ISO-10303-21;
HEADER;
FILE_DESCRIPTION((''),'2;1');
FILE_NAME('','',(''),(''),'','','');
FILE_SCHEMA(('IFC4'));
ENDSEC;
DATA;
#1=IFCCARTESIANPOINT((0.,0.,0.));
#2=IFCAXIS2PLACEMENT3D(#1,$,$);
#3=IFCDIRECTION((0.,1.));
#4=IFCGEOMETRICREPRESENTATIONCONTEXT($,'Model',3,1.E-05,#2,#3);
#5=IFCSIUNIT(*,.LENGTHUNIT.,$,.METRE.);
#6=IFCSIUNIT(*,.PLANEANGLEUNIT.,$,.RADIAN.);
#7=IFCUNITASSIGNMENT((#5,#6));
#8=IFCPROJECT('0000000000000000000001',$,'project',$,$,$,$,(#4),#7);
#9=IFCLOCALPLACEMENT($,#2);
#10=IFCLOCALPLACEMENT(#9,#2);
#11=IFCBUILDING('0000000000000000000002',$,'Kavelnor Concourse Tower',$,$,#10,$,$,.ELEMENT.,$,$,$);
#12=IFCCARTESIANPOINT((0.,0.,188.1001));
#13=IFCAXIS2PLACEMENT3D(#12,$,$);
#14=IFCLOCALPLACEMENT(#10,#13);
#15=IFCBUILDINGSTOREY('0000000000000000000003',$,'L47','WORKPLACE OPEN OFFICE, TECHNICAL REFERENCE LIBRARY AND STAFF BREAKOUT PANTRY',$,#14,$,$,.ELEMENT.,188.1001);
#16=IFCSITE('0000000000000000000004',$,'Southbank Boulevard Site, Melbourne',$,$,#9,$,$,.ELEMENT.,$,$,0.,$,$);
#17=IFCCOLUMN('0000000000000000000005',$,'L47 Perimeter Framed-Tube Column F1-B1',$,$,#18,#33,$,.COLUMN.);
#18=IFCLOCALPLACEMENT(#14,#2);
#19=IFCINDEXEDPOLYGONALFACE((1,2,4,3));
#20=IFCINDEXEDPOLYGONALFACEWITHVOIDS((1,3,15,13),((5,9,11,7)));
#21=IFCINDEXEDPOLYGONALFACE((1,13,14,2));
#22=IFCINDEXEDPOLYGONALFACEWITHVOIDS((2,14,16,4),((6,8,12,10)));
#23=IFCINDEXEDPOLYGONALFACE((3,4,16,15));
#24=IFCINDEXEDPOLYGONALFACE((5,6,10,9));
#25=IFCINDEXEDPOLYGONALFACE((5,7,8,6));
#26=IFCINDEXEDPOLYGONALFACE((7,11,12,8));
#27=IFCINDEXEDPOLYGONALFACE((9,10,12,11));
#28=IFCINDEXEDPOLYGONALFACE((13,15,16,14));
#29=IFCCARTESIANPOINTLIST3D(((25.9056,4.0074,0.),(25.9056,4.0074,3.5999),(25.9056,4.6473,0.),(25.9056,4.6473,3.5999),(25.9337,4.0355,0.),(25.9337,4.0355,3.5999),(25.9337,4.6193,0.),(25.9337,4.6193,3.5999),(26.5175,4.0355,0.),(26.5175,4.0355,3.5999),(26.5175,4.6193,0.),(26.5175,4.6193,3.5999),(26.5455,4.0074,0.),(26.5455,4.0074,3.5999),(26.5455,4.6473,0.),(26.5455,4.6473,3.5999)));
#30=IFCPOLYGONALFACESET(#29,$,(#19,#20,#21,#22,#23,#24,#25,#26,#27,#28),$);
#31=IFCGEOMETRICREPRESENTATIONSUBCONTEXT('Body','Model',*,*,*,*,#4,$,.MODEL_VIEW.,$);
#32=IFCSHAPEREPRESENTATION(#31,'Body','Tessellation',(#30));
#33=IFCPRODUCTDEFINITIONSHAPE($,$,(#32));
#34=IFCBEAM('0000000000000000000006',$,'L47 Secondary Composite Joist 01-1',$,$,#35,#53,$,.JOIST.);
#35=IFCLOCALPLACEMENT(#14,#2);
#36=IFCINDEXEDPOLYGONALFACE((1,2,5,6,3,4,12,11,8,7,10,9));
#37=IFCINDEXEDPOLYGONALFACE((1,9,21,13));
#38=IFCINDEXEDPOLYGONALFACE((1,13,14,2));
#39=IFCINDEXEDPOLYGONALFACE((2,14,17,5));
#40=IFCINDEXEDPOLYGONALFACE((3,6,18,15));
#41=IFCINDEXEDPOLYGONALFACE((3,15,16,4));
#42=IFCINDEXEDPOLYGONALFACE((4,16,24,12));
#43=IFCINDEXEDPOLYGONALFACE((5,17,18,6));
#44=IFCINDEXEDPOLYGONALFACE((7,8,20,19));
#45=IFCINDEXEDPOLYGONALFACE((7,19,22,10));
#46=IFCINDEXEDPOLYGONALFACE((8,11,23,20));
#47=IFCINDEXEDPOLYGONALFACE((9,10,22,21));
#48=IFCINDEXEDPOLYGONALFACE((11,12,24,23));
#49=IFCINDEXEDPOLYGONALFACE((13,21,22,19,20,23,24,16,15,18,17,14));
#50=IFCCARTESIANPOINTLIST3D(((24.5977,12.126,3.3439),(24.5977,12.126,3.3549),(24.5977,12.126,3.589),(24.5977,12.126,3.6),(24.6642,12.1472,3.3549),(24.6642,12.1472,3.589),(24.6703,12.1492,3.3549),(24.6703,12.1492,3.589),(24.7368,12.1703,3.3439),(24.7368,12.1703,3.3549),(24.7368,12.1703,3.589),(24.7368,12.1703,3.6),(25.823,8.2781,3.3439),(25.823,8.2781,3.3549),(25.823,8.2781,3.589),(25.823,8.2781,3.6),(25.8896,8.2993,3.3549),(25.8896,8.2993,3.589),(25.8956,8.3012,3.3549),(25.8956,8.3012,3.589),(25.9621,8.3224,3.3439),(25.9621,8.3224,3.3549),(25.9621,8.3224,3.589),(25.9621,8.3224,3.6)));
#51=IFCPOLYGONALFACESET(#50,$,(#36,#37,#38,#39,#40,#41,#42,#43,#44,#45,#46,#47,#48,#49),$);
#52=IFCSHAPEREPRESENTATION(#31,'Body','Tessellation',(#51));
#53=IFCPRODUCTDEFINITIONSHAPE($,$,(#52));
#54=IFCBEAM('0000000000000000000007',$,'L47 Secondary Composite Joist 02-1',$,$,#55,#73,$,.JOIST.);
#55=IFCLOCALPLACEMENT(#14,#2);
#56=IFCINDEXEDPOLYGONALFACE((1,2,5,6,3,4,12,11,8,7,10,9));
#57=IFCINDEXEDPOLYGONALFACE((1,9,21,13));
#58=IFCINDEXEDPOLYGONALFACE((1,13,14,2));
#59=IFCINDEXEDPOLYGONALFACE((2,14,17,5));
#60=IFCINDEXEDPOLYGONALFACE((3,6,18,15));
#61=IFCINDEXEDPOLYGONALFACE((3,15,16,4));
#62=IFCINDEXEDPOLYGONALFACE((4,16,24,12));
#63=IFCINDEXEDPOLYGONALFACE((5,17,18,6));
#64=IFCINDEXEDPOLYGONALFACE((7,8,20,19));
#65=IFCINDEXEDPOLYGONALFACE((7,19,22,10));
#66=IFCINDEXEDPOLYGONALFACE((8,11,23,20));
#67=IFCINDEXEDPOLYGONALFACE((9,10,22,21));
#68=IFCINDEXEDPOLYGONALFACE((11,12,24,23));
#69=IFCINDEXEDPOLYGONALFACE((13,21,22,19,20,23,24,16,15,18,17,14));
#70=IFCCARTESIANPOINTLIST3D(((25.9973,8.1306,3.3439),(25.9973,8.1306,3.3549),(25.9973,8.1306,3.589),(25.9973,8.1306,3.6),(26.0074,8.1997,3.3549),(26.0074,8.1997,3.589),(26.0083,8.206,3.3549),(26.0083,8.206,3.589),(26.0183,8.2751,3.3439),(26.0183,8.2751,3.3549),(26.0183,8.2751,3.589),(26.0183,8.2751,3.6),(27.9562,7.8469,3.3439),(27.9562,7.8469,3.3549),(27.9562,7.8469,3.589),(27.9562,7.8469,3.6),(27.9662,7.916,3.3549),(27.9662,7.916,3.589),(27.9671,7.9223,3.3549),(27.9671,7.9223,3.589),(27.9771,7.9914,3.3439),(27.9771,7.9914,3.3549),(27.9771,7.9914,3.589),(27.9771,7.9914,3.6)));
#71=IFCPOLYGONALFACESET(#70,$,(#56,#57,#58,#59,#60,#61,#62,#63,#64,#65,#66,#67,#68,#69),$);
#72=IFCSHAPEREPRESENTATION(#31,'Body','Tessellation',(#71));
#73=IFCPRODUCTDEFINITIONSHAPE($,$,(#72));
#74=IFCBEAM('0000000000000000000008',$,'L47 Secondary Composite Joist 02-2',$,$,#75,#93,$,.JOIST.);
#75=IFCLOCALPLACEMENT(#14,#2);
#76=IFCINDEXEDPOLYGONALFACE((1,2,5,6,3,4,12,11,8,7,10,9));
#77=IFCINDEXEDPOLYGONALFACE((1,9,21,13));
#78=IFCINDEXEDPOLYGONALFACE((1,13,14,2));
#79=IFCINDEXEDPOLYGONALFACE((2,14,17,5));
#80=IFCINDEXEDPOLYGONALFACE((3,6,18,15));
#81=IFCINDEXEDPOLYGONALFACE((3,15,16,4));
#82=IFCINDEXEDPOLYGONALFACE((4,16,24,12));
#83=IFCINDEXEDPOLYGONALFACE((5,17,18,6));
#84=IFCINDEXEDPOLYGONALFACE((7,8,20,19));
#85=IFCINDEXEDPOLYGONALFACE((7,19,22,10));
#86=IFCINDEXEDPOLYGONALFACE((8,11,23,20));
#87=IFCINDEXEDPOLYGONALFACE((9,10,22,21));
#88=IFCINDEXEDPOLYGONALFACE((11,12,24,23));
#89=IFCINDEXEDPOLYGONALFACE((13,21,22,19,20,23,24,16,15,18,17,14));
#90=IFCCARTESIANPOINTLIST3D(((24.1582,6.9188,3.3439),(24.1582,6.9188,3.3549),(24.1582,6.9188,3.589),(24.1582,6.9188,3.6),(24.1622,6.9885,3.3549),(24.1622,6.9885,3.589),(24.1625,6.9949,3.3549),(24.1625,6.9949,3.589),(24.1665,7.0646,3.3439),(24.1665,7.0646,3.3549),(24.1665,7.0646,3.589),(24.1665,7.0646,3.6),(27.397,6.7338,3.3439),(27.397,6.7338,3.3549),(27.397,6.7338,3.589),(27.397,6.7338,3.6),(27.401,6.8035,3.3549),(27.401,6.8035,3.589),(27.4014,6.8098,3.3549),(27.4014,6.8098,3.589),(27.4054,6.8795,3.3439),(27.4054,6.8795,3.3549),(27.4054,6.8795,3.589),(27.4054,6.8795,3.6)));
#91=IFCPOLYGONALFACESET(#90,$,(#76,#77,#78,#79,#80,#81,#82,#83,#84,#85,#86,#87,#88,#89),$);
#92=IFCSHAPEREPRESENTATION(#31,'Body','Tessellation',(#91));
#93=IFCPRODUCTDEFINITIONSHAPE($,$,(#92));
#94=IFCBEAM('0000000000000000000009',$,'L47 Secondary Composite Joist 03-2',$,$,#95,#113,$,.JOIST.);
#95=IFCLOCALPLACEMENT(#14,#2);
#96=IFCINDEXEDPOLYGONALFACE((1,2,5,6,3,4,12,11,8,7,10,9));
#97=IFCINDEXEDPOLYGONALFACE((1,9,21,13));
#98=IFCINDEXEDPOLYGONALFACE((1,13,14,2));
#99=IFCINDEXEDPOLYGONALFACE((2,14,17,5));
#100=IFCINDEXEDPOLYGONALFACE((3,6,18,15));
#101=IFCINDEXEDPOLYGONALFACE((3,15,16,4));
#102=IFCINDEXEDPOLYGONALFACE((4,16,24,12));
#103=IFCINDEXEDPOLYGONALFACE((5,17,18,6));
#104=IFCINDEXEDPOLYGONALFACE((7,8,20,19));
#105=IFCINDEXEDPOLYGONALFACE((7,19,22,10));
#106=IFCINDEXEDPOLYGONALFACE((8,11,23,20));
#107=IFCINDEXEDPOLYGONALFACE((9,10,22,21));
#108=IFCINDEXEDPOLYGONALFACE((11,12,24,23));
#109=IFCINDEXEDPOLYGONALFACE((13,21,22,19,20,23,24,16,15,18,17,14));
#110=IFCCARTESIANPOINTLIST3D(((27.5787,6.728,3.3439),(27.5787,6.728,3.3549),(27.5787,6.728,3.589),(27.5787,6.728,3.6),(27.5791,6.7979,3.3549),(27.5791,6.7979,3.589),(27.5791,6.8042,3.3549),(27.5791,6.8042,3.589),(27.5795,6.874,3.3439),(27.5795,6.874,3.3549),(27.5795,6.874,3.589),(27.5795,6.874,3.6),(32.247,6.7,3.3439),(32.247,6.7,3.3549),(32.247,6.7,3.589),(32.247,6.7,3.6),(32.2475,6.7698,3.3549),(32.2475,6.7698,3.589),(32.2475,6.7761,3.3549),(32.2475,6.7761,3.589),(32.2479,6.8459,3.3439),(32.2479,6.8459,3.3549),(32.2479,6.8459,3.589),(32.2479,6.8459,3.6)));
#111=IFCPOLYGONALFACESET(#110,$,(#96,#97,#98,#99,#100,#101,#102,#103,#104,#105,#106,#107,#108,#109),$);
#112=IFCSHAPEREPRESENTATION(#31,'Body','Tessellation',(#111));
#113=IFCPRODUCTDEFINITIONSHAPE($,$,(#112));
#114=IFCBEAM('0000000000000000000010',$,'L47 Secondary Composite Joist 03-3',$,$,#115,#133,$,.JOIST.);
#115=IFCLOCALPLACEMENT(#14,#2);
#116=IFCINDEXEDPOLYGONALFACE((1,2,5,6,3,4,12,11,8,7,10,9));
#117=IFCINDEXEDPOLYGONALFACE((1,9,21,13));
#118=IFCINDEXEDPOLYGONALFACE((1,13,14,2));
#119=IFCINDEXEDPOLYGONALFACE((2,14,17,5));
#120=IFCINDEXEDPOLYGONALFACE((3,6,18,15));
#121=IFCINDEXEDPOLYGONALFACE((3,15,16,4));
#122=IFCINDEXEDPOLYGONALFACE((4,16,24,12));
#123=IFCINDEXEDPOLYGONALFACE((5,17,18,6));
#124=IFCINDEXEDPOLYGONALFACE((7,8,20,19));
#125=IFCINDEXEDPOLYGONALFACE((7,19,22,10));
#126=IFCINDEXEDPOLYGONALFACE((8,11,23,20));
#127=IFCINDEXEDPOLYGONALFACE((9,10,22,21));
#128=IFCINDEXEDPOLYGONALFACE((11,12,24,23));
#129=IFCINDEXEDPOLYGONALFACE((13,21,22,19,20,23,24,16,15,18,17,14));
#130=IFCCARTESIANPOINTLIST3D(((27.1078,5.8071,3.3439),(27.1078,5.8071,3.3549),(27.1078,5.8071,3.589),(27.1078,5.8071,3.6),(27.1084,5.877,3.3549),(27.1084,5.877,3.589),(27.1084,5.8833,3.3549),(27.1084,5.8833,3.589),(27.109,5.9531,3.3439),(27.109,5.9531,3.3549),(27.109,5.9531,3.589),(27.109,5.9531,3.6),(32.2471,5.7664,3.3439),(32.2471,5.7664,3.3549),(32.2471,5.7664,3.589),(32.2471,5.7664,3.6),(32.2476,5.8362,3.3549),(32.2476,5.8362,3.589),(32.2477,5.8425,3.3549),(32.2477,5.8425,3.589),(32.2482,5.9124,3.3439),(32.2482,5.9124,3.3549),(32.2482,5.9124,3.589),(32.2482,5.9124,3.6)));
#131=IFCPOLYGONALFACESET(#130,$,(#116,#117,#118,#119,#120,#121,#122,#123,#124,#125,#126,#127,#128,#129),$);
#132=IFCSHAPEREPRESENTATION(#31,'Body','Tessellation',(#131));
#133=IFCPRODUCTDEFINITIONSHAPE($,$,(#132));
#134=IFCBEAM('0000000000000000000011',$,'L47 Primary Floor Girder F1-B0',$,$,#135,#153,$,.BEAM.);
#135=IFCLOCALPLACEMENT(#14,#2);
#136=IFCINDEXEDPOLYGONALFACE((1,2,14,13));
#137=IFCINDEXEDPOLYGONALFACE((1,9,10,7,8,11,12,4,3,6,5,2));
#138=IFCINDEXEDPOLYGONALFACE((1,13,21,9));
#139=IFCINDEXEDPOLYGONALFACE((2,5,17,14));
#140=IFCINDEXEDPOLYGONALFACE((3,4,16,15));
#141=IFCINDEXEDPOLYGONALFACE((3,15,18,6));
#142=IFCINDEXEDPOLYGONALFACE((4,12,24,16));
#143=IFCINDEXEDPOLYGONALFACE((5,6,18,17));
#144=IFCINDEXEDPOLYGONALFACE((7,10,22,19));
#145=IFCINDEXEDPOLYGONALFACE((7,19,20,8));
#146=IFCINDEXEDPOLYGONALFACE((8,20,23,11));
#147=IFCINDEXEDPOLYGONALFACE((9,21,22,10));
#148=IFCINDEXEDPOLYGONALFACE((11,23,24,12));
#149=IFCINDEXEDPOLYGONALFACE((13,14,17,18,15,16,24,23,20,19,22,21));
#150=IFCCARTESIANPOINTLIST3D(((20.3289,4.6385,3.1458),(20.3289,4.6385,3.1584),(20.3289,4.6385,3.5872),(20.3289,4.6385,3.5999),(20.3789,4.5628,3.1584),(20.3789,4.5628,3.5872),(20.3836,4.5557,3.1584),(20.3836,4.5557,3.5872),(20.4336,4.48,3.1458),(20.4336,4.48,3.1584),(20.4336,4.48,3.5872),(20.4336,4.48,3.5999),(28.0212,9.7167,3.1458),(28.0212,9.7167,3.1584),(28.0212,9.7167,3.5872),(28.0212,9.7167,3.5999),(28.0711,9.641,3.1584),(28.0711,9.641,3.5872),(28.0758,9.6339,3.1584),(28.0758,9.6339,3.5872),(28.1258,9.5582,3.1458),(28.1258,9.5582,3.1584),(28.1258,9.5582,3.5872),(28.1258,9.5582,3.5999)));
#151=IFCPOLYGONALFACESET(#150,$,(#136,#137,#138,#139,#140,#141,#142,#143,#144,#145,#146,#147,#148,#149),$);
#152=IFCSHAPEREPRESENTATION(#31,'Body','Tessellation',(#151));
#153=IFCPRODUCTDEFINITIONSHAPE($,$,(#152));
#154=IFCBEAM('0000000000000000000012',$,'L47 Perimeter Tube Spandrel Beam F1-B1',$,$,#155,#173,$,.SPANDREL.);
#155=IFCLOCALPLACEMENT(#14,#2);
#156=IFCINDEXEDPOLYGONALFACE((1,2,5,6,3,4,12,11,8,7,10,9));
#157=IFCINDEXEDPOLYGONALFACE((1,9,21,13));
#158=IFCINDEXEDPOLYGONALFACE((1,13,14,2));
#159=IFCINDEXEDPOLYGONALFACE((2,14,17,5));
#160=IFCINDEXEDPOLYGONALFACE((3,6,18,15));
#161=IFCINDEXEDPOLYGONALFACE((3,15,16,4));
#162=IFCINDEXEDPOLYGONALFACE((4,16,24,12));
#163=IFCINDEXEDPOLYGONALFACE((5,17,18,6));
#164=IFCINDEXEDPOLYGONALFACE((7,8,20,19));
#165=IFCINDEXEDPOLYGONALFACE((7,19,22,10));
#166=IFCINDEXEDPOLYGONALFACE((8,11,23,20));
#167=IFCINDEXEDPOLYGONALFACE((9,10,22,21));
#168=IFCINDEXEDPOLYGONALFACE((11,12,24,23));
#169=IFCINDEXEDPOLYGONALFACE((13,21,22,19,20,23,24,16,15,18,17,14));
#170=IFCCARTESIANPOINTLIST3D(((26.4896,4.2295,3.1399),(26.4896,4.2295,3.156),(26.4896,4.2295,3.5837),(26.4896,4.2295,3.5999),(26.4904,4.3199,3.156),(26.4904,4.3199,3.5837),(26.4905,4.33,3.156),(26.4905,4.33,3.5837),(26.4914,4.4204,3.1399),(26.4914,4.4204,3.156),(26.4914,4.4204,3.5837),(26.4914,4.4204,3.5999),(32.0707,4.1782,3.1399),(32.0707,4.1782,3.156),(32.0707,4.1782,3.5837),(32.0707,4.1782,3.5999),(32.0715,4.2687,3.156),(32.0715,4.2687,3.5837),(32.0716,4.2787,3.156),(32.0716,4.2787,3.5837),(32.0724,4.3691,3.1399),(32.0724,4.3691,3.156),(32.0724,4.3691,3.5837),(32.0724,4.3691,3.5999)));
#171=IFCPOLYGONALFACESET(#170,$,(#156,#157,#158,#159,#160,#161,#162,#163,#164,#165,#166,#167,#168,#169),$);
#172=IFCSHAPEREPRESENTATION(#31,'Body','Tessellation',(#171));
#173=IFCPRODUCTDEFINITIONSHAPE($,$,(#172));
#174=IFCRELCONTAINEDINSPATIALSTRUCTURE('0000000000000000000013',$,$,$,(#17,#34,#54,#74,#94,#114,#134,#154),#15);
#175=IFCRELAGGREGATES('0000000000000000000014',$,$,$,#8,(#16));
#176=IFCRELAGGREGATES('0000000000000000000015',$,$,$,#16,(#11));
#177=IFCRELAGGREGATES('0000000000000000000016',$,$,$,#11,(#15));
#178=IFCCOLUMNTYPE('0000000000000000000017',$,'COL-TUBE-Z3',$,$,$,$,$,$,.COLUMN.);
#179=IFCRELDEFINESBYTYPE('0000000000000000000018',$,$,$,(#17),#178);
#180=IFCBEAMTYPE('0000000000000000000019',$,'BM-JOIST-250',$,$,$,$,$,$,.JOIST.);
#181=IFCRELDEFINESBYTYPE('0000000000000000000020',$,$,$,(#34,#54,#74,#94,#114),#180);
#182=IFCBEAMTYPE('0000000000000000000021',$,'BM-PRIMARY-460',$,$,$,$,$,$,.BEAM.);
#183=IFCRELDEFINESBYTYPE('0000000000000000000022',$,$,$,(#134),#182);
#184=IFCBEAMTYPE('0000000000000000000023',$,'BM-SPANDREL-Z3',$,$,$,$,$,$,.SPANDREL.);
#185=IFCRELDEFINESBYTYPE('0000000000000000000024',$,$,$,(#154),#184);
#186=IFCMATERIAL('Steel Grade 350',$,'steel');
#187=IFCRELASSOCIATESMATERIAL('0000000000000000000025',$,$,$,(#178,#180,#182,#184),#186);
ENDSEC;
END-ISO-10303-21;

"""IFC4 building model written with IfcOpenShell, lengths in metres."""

from ifc_helpers import new_model, si_unit, direction, frame, origin, origin_2d, place, context, subcontext, project, spatial, hollow_rectangle, i_section, extrude, material, material_profile, profile_set, type_object, element, save


model = new_model("IFC4")

# Units and contexts
model_context = context("Model", 3, precision=1e-05, world=origin(), true_north=direction((0.0, 1.0)))
body_context = subcontext(model_context, "Body", "Model", "MODEL_VIEW")
ifc_project = project(units=[si_unit("LENGTHUNIT", "METRE"), si_unit("PLANEANGLEUNIT", "RADIAN")], contexts=[model_context])

# Site, building, storey
site_placement = place(None, origin())
site = spatial("IfcSite", under=ifc_project, at=site_placement, Name="Southbank Boulevard Site, Melbourne", CompositionType="ELEMENT", RefElevation=0.0)
building_placement = place(site_placement, origin())
building = spatial("IfcBuilding", under=site, at=building_placement, Name="Kavelnor Concourse Tower", CompositionType="ELEMENT")
storey_placement = place(building_placement, frame((0.0, 0.0, 188.1001)))
storey = spatial("IfcBuildingStorey", under=building, at=storey_placement, Name="L47", Description="WORKPLACE OPEN OFFICE, TECHNICAL REFERENCE LIBRARY AND STAFF BREAKOUT PANTRY", CompositionType="ELEMENT", Elevation=188.1001)

# Column
ifc_material_1 = material(Name="Steel Grade 350", Category="steel")
ifc_material_profile_1 = material_profile(ifc_material_1, hollow_rectangle(XDim=0.6399, YDim=0.6399, WallThickness=0.0281, at=origin_2d()), Name="SHS 640x640x28")
ifc_profile_set_1 = profile_set([ifc_material_profile_1], Name="Steel Grade 350")
column_type = type_object("IfcColumnType", Name="COL-TUBE-Z3", PredefinedType="COLUMN", material=ifc_profile_set_1)
column_placement = place(storey_placement, frame((26.2256, 4.3274, 0.0), z_axis=(0.0, 0.0, 1.0), x_axis=(1.0, 0.0, 0.0)))
element("IfcColumn", 1, at=column_placement, inside=storey, type_object=column_type, Name="L47 Perimeter Framed-Tube Column F1-B1", PredefinedType="COLUMN", context=body_context, shape_type="SweptSolid", body=[
    extrude(hollow_rectangle(XDim=0.6399, YDim=0.6399, WallThickness=0.0281, at=origin_2d()), origin(), (0.0, 0.0, 1.0), 3.5999),
])

# Beams
ifc_material_profile_2 = material_profile(ifc_material_1, i_section(OverallWidth=0.146, OverallDepth=0.2561, WebThickness=0.0063, FlangeThickness=0.011, at=origin_2d()), Name="250UB37")
ifc_profile_set_2 = profile_set([ifc_material_profile_2], Name="Steel Grade 350")
beam_type_1 = type_object("IfcBeamType", Name="BM-JOIST-250", PredefinedType="JOIST", material=ifc_profile_set_2)
beam_1_placement = place(storey_placement, frame((24.6672, 12.1482, 3.4719), z_axis=(0.303431, -0.952854, 0.0), x_axis=(0.952854, 0.303431, 0.0)))
element("IfcBeam", 2, at=beam_1_placement, inside=storey, type_object=beam_type_1, Name="L47 Secondary Composite Joist 01-1", PredefinedType="JOIST", context=body_context, shape_type="SweptSolid", body=[
    extrude(i_section(OverallWidth=0.146, OverallDepth=0.2561, WebThickness=0.0063, FlangeThickness=0.011, at=origin_2d()), origin(), (0.0, 0.0, 1.0), 4.0383),
])
beam_2_placement = place(storey_placement, frame((26.0078, 8.2029, 3.4719), z_axis=(0.989674, -0.143338, 0.0), x_axis=(0.143338, 0.989674, 0.0)))
element("IfcBeam", 3, at=beam_2_placement, inside=storey, type_object=beam_type_1, Name="L47 Secondary Composite Joist 02-1", PredefinedType="JOIST", context=body_context, shape_type="SweptSolid", body=[
    extrude(i_section(OverallWidth=0.146, OverallDepth=0.2561, WebThickness=0.0063, FlangeThickness=0.011, at=origin_2d()), origin(), (0.0, 0.0, 1.0), 1.9792),
])
beam_3_placement = place(storey_placement, frame((24.1624, 6.9917, 3.4719), z_axis=(0.998372, -0.057046, 0.0), x_axis=(0.057046, 0.998372, 0.0)))
element("IfcBeam", 4, at=beam_3_placement, inside=storey, type_object=beam_type_1, Name="L47 Secondary Composite Joist 02-2", PredefinedType="JOIST", context=body_context, shape_type="SweptSolid", body=[
    extrude(i_section(OverallWidth=0.146, OverallDepth=0.2561, WebThickness=0.0063, FlangeThickness=0.011, at=origin_2d()), origin(), (0.0, 0.0, 1.0), 3.2441),
])
beam_4_placement = place(storey_placement, frame((27.5791, 6.801, 3.4719), z_axis=(0.999982, -0.006014, 0.0), x_axis=(0.006014, 0.999982, 0.0)))
element("IfcBeam", 5, at=beam_4_placement, inside=storey, type_object=beam_type_1, Name="L47 Secondary Composite Joist 03-2", PredefinedType="JOIST", context=body_context, shape_type="SweptSolid", body=[
    extrude(i_section(OverallWidth=0.146, OverallDepth=0.2561, WebThickness=0.0063, FlangeThickness=0.011, at=origin_2d()), origin(), (0.0, 0.0, 1.0), 4.6685),
])
beam_5_placement = place(storey_placement, frame((27.1084, 5.8801, 3.4719), z_axis=(0.999969, -0.007933, 0.0), x_axis=(0.007933, 0.999969, 0.0)))
element("IfcBeam", 6, at=beam_5_placement, inside=storey, type_object=beam_type_1, Name="L47 Secondary Composite Joist 03-3", PredefinedType="JOIST", context=body_context, shape_type="SweptSolid", body=[
    extrude(i_section(OverallWidth=0.146, OverallDepth=0.2561, WebThickness=0.0063, FlangeThickness=0.011, at=origin_2d()), origin(), (0.0, 0.0, 1.0), 5.1394),
])
ifc_material_profile_3 = material_profile(ifc_material_1, i_section(OverallWidth=0.1899, OverallDepth=0.4541, WebThickness=0.0085, FlangeThickness=0.0127, at=origin_2d()), Name="460UB67")
ifc_profile_set_3 = profile_set([ifc_material_profile_3], Name="Steel Grade 350")
beam_type_2 = type_object("IfcBeamType", Name="BM-PRIMARY-460", PredefinedType="BEAM", material=ifc_profile_set_3)
beam_6_placement = place(storey_placement, frame((28.0735, 9.6375, 3.3728), z_axis=(-0.834544, -0.550941, 0.0), x_axis=(0.550941, -0.834544, 0.0)))
element("IfcBeam", 7, at=beam_6_placement, inside=storey, type_object=beam_type_2, Name="L47 Primary Floor Girder F1-B0", PredefinedType="BEAM", context=body_context, shape_type="SweptSolid", body=[
    extrude(i_section(OverallWidth=0.1899, OverallDepth=0.4541, WebThickness=0.0085, FlangeThickness=0.0127, at=origin_2d()), origin(), (0.0, 0.0, 1.0), 9.2173),
])
ifc_material_profile_4 = material_profile(ifc_material_1, i_section(OverallWidth=0.1909, OverallDepth=0.46, WebThickness=0.01, FlangeThickness=0.0161, at=origin_2d()), Name="460UB82")
ifc_profile_set_4 = profile_set([ifc_material_profile_4], Name="Steel Grade 350")
beam_type_3 = type_object("IfcBeamType", Name="BM-SPANDREL-Z3", PredefinedType="SPANDREL", material=ifc_profile_set_4)
beam_7_placement = place(storey_placement, frame((26.4905, 4.325, 3.3699), z_axis=(0.999958, -0.009186, 0.0), x_axis=(0.009186, 0.999958, 0.0)))
element("IfcBeam", 8, at=beam_7_placement, inside=storey, type_object=beam_type_3, Name="L47 Perimeter Tube Spandrel Beam F1-B1", PredefinedType="SPANDREL", context=body_context, shape_type="SweptSolid", body=[
    extrude(i_section(OverallWidth=0.1909, OverallDepth=0.46, WebThickness=0.01, FlangeThickness=0.0161, at=origin_2d()), origin(), (0.0, 0.0, 1.0), 5.5813),
])

save(model, "model.ifc")
